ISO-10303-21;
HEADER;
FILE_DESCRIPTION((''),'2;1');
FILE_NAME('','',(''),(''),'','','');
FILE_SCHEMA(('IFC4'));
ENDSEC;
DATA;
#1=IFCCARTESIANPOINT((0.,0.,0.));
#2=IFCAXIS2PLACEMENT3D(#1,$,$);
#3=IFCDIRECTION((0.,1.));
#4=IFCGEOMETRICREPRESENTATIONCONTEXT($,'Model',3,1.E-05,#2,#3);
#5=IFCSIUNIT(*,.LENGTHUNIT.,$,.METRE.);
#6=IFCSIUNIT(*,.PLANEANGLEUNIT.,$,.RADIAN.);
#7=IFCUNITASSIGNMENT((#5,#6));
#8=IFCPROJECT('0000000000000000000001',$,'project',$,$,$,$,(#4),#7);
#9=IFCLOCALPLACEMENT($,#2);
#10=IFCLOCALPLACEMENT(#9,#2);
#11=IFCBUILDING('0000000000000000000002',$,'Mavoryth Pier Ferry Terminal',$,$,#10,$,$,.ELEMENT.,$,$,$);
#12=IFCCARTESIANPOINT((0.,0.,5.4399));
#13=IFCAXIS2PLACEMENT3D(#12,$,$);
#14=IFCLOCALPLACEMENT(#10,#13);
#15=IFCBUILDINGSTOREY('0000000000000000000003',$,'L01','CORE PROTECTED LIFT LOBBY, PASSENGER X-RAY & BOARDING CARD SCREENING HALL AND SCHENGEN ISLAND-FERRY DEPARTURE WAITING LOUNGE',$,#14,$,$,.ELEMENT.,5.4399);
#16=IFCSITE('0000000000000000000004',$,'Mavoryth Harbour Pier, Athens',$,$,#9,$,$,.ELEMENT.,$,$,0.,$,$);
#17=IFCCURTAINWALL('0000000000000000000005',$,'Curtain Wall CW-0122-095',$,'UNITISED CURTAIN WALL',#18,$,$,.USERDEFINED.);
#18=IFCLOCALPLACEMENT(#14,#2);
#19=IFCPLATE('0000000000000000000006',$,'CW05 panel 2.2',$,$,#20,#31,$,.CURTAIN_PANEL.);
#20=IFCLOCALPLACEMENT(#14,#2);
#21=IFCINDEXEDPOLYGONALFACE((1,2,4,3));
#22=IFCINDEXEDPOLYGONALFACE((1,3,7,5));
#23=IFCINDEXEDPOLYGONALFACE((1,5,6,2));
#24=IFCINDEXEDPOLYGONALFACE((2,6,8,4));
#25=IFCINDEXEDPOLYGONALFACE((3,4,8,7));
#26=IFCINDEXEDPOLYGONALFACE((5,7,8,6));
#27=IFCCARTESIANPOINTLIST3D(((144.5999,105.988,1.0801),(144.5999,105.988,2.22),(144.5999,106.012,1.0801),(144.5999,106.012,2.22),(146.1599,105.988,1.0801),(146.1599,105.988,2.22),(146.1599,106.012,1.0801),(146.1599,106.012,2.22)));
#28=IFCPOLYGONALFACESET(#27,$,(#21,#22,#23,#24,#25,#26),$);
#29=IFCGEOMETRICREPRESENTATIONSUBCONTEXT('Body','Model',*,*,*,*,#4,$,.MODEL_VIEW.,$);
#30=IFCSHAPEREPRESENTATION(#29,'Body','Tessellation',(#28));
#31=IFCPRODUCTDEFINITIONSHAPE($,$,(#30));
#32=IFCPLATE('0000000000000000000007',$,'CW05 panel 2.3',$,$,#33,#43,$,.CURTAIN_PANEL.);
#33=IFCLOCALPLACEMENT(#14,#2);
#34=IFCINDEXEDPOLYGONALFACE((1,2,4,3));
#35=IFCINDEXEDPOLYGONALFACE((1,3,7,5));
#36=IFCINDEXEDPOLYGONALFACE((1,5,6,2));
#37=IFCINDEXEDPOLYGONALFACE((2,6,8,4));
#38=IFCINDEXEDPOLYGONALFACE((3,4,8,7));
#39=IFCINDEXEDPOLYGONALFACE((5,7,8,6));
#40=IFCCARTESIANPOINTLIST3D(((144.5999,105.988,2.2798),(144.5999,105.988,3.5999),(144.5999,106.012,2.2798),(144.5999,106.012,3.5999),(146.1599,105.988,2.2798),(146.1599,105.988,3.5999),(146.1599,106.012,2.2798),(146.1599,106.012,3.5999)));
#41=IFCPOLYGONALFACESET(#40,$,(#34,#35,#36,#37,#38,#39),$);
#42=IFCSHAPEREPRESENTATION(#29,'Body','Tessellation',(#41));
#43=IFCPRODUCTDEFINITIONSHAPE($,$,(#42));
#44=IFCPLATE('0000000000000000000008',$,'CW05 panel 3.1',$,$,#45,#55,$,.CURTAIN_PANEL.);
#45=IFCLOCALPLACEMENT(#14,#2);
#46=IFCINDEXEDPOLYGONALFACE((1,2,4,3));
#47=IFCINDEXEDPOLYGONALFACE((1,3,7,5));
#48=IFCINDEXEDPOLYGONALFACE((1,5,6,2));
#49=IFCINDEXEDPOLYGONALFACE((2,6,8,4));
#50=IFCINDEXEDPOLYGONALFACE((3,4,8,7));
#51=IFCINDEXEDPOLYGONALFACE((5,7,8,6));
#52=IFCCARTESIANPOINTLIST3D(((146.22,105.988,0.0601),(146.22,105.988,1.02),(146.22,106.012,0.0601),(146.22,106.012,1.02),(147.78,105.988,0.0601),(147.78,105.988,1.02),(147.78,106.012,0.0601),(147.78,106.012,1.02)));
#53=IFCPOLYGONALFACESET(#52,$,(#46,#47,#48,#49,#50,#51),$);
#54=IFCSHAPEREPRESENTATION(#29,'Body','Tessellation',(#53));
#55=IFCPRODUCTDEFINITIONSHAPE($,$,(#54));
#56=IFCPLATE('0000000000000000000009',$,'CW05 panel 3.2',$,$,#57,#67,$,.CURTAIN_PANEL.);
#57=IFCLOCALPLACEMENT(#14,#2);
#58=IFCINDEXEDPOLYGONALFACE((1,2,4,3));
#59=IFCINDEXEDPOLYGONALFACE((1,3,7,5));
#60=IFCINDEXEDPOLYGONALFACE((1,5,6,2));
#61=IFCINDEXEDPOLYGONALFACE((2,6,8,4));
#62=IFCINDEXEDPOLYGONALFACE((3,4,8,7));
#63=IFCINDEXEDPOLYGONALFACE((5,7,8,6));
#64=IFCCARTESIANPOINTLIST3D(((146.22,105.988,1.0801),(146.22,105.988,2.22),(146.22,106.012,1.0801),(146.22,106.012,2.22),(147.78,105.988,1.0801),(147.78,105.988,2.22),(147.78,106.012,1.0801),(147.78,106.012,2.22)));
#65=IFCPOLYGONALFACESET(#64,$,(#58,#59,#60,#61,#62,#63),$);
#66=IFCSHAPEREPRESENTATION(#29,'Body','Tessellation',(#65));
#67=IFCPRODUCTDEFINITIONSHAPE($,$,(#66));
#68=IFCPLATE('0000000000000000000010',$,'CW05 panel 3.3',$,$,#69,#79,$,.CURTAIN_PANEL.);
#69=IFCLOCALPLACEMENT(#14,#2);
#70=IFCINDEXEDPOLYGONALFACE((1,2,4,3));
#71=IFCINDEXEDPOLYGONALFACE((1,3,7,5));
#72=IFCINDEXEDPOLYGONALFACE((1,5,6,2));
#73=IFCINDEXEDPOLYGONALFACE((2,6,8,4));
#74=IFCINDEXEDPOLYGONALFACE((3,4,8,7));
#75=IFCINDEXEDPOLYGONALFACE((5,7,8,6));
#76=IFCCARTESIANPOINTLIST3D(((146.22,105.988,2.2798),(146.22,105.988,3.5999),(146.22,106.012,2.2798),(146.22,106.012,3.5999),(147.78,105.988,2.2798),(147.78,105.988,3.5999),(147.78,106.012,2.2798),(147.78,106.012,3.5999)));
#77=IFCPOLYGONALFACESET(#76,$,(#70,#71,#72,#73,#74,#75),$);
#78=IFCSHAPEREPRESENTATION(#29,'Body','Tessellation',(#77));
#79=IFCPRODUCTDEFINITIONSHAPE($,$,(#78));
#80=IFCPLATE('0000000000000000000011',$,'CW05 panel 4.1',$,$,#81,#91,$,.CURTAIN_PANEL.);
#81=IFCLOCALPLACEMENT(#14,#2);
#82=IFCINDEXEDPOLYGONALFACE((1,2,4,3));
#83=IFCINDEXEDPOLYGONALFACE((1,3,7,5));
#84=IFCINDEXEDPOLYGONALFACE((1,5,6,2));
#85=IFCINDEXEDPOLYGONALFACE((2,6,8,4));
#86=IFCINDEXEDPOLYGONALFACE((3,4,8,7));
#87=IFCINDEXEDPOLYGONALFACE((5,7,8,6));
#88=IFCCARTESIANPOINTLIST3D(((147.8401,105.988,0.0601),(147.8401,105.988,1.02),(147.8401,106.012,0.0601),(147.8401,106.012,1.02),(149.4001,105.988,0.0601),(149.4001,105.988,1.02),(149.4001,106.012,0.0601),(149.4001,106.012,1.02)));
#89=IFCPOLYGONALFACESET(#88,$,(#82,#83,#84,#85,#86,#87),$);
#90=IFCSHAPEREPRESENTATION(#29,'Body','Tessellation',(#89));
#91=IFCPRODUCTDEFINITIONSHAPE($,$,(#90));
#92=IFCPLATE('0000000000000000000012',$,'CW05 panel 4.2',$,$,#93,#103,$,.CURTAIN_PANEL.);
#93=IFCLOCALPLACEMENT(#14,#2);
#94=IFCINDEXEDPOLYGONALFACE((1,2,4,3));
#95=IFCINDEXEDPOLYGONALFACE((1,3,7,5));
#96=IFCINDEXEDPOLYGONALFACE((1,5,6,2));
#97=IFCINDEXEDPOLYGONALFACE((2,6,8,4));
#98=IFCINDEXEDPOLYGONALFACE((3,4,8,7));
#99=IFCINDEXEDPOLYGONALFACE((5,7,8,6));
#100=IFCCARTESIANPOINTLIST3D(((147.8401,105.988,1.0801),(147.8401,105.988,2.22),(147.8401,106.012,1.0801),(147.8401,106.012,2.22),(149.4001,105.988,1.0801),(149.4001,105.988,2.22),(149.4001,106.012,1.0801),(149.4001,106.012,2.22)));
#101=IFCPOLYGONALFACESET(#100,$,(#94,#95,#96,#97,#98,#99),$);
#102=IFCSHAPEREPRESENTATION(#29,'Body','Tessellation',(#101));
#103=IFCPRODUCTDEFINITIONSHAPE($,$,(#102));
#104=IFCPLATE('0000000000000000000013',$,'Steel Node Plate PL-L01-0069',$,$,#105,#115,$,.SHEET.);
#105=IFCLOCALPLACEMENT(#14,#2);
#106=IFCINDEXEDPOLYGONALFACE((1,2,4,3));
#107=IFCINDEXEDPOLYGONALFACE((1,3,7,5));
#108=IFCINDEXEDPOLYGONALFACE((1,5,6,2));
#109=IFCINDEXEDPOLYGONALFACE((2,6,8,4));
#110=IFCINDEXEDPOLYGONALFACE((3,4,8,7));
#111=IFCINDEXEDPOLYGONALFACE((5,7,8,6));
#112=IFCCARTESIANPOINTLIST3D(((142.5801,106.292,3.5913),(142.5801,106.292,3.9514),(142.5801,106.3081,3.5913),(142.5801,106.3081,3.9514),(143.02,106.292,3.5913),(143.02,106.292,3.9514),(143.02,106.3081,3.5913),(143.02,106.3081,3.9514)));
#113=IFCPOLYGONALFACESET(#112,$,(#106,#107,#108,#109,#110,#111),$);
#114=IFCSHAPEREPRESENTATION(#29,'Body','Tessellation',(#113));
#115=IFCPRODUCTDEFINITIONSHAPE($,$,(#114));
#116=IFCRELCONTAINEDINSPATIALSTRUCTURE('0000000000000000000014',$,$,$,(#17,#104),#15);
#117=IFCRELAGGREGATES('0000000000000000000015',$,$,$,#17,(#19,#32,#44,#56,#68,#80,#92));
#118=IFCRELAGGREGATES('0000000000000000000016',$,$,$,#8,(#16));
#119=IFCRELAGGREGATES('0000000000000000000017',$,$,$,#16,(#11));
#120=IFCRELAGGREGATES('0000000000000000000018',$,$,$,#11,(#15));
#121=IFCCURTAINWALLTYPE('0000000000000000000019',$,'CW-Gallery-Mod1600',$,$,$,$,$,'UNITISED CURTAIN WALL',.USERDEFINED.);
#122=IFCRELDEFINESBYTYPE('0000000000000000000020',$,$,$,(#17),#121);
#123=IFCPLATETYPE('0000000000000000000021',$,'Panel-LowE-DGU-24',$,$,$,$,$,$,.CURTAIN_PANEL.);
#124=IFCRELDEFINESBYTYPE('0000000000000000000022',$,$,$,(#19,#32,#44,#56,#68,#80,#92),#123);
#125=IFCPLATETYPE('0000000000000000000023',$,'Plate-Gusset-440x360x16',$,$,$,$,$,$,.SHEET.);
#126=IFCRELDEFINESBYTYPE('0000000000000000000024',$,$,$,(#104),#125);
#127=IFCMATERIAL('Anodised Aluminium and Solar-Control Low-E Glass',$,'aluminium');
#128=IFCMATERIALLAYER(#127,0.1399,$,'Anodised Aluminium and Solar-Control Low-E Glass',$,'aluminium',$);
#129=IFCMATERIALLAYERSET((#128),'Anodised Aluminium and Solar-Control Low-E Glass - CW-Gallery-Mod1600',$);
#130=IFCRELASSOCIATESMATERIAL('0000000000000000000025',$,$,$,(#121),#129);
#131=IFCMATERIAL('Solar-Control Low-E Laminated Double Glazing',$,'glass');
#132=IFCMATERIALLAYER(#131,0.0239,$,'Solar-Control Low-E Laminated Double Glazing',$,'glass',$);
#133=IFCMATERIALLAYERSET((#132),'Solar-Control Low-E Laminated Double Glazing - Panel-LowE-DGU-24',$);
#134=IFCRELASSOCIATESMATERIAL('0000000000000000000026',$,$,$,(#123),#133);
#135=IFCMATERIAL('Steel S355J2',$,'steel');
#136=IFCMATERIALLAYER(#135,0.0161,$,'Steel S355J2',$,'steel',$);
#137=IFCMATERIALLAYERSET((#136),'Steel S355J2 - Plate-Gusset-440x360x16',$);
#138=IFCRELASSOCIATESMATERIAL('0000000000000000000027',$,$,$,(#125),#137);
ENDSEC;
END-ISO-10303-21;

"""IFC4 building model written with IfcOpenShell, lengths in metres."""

from ifc_helpers import new_model, si_unit, direction, frame, origin, origin_2d, place, context, subcontext, project, spatial, rectangle, extrude, material, layer, layer_set, type_object, element, aggregate, save


model = new_model("IFC4")

# Units and contexts
model_context = context("Model", 3, precision=1e-05, world=origin(), true_north=direction((0.0, 1.0)))
body_context = subcontext(model_context, "Body", "Model", "MODEL_VIEW")
ifc_project = project(units=[si_unit("LENGTHUNIT", "METRE"), si_unit("PLANEANGLEUNIT", "RADIAN")], contexts=[model_context])

# Site, building, storey
site_placement = place(None, origin())
site = spatial("IfcSite", under=ifc_project, at=site_placement, Name="Mavoryth Harbour Pier, Athens", CompositionType="ELEMENT", RefElevation=0.0)
building_placement = place(site_placement, origin())
building = spatial("IfcBuilding", under=site, at=building_placement, Name="Mavoryth Pier Ferry Terminal", CompositionType="ELEMENT")
storey_placement = place(building_placement, frame((0.0, 0.0, 5.4399)))
storey = spatial("IfcBuildingStorey", under=building, at=storey_placement, Name="L01", Description="CORE PROTECTED LIFT LOBBY, PASSENGER X-RAY & BOARDING CARD SCREENING HALL AND SCHENGEN ISLAND-FERRY DEPARTURE WAITING LOUNGE", CompositionType="ELEMENT", Elevation=5.4399)

# Shared definitions
ifc_material_1 = material(Name="Steel S355J2", Category="steel")

# Curtain wall
ifc_material_2 = material(Name="Anodised Aluminium and Solar-Control Low-E Glass", Category="aluminium")
ifc_layer_1 = layer(ifc_material_2, 0.1399, Name="Anodised Aluminium and Solar-Control Low-E Glass", Category="aluminium")
ifc_layer_set_1 = layer_set([ifc_layer_1], Name="Anodised Aluminium and Solar-Control Low-E Glass - CW-Gallery-Mod1600")
curtain_wall_type = type_object("IfcCurtainWallType", Name="CW-Gallery-Mod1600", ElementType="UNITISED CURTAIN WALL", PredefinedType="USERDEFINED", material=ifc_layer_set_1)
curtain_wall_placement = place(storey_placement, origin())
curtain_wall = element("IfcCurtainWall", 1, at=curtain_wall_placement, inside=storey, type_object=curtain_wall_type, Name="Curtain Wall CW-0122-095", ObjectType="UNITISED CURTAIN WALL", PredefinedType="USERDEFINED")

# Plates
ifc_material_3 = material(Name="Solar-Control Low-E Laminated Double Glazing", Category="glass")
ifc_layer_2 = layer(ifc_material_3, 0.0239, Name="Solar-Control Low-E Laminated Double Glazing", Category="glass")
ifc_layer_set_2 = layer_set([ifc_layer_2], Name="Solar-Control Low-E Laminated Double Glazing - Panel-LowE-DGU-24")
plate_type_1 = type_object("IfcPlateType", Name="Panel-LowE-DGU-24", PredefinedType="CURTAIN_PANEL", material=ifc_layer_set_2)
plate_1_placement = place(storey_placement, frame((145.3799, 106.0, 1.0801), z_axis=(0.0, 0.0, 1.0), x_axis=(1.0, 0.0, 0.0)))
plate_1 = element("IfcPlate", 2, at=plate_1_placement, type_object=plate_type_1, Name="CW05 panel 2.2", PredefinedType="CURTAIN_PANEL", context=body_context, shape_type="SweptSolid", body=[
    extrude(rectangle(XDim=1.5601, YDim=0.0239, at=origin_2d()), origin(), (0.0, 0.0, 1.0), 1.1399),
])
plate_2_placement = place(storey_placement, frame((145.3799, 106.0, 2.2798), z_axis=(0.0, 0.0, 1.0), x_axis=(1.0, 0.0, 0.0)))
plate_2 = element("IfcPlate", 3, at=plate_2_placement, type_object=plate_type_1, Name="CW05 panel 2.3", PredefinedType="CURTAIN_PANEL", context=body_context, shape_type="SweptSolid", body=[
    extrude(rectangle(XDim=1.5601, YDim=0.0239, at=origin_2d()), origin(), (0.0, 0.0, 1.0), 1.3201),
])
plate_3_placement = place(storey_placement, frame((147.0, 106.0, 0.0601), z_axis=(0.0, 0.0, 1.0), x_axis=(1.0, 0.0, 0.0)))
plate_3 = element("IfcPlate", 4, at=plate_3_placement, type_object=plate_type_1, Name="CW05 panel 3.1", PredefinedType="CURTAIN_PANEL", context=body_context, shape_type="SweptSolid", body=[
    extrude(rectangle(XDim=1.5601, YDim=0.0239, at=origin_2d()), origin(), (0.0, 0.0, 1.0), 0.96),
])
plate_4_placement = place(storey_placement, frame((147.0, 106.0, 1.0801), z_axis=(0.0, 0.0, 1.0), x_axis=(1.0, 0.0, 0.0)))
plate_4 = element("IfcPlate", 5, at=plate_4_placement, type_object=plate_type_1, Name="CW05 panel 3.2", PredefinedType="CURTAIN_PANEL", context=body_context, shape_type="SweptSolid", body=[
    extrude(rectangle(XDim=1.5601, YDim=0.0239, at=origin_2d()), origin(), (0.0, 0.0, 1.0), 1.1399),
])
plate_5_placement = place(storey_placement, frame((147.0, 106.0, 2.2798), z_axis=(0.0, 0.0, 1.0), x_axis=(1.0, 0.0, 0.0)))
plate_5 = element("IfcPlate", 6, at=plate_5_placement, type_object=plate_type_1, Name="CW05 panel 3.3", PredefinedType="CURTAIN_PANEL", context=body_context, shape_type="SweptSolid", body=[
    extrude(rectangle(XDim=1.5601, YDim=0.0239, at=origin_2d()), origin(), (0.0, 0.0, 1.0), 1.3201),
])
plate_6_placement = place(storey_placement, frame((148.6201, 106.0, 0.0601), z_axis=(0.0, 0.0, 1.0), x_axis=(1.0, 0.0, 0.0)))
plate_6 = element("IfcPlate", 7, at=plate_6_placement, type_object=plate_type_1, Name="CW05 panel 4.1", PredefinedType="CURTAIN_PANEL", context=body_context, shape_type="SweptSolid", body=[
    extrude(rectangle(XDim=1.5601, YDim=0.0239, at=origin_2d()), origin(), (0.0, 0.0, 1.0), 0.96),
])
plate_7_placement = place(storey_placement, frame((148.6201, 106.0, 1.0801), z_axis=(0.0, 0.0, 1.0), x_axis=(1.0, 0.0, 0.0)))
plate_7 = element("IfcPlate", 8, at=plate_7_placement, type_object=plate_type_1, Name="CW05 panel 4.2", PredefinedType="CURTAIN_PANEL", context=body_context, shape_type="SweptSolid", body=[
    extrude(rectangle(XDim=1.5601, YDim=0.0239, at=origin_2d()), origin(), (0.0, 0.0, 1.0), 1.1399),
])
aggregate(curtain_wall, [plate_1, plate_2, plate_3, plate_4, plate_5, plate_6, plate_7])
ifc_layer_3 = layer(ifc_material_1, 0.0161, Name="Steel S355J2", Category="steel")
ifc_layer_set_3 = layer_set([ifc_layer_3], Name="Steel S355J2 - Plate-Gusset-440x360x16")
plate_type_2 = type_object("IfcPlateType", Name="Plate-Gusset-440x360x16", PredefinedType="SHEET", material=ifc_layer_set_3)
plate_8_placement = place(storey_placement, frame((142.8, 106.3, 3.5913), z_axis=(0.0, 0.0, 1.0), x_axis=(1.0, 0.0, 0.0)))
element("IfcPlate", 9, at=plate_8_placement, inside=storey, type_object=plate_type_2, Name="Steel Node Plate PL-L01-0069", PredefinedType="SHEET", context=body_context, shape_type="SweptSolid", body=[
    extrude(rectangle(XDim=0.4399, YDim=0.0161, at=origin_2d()), origin(), (0.0, 0.0, 1.0), 0.3601),
])

save(model, "model.ifc")
